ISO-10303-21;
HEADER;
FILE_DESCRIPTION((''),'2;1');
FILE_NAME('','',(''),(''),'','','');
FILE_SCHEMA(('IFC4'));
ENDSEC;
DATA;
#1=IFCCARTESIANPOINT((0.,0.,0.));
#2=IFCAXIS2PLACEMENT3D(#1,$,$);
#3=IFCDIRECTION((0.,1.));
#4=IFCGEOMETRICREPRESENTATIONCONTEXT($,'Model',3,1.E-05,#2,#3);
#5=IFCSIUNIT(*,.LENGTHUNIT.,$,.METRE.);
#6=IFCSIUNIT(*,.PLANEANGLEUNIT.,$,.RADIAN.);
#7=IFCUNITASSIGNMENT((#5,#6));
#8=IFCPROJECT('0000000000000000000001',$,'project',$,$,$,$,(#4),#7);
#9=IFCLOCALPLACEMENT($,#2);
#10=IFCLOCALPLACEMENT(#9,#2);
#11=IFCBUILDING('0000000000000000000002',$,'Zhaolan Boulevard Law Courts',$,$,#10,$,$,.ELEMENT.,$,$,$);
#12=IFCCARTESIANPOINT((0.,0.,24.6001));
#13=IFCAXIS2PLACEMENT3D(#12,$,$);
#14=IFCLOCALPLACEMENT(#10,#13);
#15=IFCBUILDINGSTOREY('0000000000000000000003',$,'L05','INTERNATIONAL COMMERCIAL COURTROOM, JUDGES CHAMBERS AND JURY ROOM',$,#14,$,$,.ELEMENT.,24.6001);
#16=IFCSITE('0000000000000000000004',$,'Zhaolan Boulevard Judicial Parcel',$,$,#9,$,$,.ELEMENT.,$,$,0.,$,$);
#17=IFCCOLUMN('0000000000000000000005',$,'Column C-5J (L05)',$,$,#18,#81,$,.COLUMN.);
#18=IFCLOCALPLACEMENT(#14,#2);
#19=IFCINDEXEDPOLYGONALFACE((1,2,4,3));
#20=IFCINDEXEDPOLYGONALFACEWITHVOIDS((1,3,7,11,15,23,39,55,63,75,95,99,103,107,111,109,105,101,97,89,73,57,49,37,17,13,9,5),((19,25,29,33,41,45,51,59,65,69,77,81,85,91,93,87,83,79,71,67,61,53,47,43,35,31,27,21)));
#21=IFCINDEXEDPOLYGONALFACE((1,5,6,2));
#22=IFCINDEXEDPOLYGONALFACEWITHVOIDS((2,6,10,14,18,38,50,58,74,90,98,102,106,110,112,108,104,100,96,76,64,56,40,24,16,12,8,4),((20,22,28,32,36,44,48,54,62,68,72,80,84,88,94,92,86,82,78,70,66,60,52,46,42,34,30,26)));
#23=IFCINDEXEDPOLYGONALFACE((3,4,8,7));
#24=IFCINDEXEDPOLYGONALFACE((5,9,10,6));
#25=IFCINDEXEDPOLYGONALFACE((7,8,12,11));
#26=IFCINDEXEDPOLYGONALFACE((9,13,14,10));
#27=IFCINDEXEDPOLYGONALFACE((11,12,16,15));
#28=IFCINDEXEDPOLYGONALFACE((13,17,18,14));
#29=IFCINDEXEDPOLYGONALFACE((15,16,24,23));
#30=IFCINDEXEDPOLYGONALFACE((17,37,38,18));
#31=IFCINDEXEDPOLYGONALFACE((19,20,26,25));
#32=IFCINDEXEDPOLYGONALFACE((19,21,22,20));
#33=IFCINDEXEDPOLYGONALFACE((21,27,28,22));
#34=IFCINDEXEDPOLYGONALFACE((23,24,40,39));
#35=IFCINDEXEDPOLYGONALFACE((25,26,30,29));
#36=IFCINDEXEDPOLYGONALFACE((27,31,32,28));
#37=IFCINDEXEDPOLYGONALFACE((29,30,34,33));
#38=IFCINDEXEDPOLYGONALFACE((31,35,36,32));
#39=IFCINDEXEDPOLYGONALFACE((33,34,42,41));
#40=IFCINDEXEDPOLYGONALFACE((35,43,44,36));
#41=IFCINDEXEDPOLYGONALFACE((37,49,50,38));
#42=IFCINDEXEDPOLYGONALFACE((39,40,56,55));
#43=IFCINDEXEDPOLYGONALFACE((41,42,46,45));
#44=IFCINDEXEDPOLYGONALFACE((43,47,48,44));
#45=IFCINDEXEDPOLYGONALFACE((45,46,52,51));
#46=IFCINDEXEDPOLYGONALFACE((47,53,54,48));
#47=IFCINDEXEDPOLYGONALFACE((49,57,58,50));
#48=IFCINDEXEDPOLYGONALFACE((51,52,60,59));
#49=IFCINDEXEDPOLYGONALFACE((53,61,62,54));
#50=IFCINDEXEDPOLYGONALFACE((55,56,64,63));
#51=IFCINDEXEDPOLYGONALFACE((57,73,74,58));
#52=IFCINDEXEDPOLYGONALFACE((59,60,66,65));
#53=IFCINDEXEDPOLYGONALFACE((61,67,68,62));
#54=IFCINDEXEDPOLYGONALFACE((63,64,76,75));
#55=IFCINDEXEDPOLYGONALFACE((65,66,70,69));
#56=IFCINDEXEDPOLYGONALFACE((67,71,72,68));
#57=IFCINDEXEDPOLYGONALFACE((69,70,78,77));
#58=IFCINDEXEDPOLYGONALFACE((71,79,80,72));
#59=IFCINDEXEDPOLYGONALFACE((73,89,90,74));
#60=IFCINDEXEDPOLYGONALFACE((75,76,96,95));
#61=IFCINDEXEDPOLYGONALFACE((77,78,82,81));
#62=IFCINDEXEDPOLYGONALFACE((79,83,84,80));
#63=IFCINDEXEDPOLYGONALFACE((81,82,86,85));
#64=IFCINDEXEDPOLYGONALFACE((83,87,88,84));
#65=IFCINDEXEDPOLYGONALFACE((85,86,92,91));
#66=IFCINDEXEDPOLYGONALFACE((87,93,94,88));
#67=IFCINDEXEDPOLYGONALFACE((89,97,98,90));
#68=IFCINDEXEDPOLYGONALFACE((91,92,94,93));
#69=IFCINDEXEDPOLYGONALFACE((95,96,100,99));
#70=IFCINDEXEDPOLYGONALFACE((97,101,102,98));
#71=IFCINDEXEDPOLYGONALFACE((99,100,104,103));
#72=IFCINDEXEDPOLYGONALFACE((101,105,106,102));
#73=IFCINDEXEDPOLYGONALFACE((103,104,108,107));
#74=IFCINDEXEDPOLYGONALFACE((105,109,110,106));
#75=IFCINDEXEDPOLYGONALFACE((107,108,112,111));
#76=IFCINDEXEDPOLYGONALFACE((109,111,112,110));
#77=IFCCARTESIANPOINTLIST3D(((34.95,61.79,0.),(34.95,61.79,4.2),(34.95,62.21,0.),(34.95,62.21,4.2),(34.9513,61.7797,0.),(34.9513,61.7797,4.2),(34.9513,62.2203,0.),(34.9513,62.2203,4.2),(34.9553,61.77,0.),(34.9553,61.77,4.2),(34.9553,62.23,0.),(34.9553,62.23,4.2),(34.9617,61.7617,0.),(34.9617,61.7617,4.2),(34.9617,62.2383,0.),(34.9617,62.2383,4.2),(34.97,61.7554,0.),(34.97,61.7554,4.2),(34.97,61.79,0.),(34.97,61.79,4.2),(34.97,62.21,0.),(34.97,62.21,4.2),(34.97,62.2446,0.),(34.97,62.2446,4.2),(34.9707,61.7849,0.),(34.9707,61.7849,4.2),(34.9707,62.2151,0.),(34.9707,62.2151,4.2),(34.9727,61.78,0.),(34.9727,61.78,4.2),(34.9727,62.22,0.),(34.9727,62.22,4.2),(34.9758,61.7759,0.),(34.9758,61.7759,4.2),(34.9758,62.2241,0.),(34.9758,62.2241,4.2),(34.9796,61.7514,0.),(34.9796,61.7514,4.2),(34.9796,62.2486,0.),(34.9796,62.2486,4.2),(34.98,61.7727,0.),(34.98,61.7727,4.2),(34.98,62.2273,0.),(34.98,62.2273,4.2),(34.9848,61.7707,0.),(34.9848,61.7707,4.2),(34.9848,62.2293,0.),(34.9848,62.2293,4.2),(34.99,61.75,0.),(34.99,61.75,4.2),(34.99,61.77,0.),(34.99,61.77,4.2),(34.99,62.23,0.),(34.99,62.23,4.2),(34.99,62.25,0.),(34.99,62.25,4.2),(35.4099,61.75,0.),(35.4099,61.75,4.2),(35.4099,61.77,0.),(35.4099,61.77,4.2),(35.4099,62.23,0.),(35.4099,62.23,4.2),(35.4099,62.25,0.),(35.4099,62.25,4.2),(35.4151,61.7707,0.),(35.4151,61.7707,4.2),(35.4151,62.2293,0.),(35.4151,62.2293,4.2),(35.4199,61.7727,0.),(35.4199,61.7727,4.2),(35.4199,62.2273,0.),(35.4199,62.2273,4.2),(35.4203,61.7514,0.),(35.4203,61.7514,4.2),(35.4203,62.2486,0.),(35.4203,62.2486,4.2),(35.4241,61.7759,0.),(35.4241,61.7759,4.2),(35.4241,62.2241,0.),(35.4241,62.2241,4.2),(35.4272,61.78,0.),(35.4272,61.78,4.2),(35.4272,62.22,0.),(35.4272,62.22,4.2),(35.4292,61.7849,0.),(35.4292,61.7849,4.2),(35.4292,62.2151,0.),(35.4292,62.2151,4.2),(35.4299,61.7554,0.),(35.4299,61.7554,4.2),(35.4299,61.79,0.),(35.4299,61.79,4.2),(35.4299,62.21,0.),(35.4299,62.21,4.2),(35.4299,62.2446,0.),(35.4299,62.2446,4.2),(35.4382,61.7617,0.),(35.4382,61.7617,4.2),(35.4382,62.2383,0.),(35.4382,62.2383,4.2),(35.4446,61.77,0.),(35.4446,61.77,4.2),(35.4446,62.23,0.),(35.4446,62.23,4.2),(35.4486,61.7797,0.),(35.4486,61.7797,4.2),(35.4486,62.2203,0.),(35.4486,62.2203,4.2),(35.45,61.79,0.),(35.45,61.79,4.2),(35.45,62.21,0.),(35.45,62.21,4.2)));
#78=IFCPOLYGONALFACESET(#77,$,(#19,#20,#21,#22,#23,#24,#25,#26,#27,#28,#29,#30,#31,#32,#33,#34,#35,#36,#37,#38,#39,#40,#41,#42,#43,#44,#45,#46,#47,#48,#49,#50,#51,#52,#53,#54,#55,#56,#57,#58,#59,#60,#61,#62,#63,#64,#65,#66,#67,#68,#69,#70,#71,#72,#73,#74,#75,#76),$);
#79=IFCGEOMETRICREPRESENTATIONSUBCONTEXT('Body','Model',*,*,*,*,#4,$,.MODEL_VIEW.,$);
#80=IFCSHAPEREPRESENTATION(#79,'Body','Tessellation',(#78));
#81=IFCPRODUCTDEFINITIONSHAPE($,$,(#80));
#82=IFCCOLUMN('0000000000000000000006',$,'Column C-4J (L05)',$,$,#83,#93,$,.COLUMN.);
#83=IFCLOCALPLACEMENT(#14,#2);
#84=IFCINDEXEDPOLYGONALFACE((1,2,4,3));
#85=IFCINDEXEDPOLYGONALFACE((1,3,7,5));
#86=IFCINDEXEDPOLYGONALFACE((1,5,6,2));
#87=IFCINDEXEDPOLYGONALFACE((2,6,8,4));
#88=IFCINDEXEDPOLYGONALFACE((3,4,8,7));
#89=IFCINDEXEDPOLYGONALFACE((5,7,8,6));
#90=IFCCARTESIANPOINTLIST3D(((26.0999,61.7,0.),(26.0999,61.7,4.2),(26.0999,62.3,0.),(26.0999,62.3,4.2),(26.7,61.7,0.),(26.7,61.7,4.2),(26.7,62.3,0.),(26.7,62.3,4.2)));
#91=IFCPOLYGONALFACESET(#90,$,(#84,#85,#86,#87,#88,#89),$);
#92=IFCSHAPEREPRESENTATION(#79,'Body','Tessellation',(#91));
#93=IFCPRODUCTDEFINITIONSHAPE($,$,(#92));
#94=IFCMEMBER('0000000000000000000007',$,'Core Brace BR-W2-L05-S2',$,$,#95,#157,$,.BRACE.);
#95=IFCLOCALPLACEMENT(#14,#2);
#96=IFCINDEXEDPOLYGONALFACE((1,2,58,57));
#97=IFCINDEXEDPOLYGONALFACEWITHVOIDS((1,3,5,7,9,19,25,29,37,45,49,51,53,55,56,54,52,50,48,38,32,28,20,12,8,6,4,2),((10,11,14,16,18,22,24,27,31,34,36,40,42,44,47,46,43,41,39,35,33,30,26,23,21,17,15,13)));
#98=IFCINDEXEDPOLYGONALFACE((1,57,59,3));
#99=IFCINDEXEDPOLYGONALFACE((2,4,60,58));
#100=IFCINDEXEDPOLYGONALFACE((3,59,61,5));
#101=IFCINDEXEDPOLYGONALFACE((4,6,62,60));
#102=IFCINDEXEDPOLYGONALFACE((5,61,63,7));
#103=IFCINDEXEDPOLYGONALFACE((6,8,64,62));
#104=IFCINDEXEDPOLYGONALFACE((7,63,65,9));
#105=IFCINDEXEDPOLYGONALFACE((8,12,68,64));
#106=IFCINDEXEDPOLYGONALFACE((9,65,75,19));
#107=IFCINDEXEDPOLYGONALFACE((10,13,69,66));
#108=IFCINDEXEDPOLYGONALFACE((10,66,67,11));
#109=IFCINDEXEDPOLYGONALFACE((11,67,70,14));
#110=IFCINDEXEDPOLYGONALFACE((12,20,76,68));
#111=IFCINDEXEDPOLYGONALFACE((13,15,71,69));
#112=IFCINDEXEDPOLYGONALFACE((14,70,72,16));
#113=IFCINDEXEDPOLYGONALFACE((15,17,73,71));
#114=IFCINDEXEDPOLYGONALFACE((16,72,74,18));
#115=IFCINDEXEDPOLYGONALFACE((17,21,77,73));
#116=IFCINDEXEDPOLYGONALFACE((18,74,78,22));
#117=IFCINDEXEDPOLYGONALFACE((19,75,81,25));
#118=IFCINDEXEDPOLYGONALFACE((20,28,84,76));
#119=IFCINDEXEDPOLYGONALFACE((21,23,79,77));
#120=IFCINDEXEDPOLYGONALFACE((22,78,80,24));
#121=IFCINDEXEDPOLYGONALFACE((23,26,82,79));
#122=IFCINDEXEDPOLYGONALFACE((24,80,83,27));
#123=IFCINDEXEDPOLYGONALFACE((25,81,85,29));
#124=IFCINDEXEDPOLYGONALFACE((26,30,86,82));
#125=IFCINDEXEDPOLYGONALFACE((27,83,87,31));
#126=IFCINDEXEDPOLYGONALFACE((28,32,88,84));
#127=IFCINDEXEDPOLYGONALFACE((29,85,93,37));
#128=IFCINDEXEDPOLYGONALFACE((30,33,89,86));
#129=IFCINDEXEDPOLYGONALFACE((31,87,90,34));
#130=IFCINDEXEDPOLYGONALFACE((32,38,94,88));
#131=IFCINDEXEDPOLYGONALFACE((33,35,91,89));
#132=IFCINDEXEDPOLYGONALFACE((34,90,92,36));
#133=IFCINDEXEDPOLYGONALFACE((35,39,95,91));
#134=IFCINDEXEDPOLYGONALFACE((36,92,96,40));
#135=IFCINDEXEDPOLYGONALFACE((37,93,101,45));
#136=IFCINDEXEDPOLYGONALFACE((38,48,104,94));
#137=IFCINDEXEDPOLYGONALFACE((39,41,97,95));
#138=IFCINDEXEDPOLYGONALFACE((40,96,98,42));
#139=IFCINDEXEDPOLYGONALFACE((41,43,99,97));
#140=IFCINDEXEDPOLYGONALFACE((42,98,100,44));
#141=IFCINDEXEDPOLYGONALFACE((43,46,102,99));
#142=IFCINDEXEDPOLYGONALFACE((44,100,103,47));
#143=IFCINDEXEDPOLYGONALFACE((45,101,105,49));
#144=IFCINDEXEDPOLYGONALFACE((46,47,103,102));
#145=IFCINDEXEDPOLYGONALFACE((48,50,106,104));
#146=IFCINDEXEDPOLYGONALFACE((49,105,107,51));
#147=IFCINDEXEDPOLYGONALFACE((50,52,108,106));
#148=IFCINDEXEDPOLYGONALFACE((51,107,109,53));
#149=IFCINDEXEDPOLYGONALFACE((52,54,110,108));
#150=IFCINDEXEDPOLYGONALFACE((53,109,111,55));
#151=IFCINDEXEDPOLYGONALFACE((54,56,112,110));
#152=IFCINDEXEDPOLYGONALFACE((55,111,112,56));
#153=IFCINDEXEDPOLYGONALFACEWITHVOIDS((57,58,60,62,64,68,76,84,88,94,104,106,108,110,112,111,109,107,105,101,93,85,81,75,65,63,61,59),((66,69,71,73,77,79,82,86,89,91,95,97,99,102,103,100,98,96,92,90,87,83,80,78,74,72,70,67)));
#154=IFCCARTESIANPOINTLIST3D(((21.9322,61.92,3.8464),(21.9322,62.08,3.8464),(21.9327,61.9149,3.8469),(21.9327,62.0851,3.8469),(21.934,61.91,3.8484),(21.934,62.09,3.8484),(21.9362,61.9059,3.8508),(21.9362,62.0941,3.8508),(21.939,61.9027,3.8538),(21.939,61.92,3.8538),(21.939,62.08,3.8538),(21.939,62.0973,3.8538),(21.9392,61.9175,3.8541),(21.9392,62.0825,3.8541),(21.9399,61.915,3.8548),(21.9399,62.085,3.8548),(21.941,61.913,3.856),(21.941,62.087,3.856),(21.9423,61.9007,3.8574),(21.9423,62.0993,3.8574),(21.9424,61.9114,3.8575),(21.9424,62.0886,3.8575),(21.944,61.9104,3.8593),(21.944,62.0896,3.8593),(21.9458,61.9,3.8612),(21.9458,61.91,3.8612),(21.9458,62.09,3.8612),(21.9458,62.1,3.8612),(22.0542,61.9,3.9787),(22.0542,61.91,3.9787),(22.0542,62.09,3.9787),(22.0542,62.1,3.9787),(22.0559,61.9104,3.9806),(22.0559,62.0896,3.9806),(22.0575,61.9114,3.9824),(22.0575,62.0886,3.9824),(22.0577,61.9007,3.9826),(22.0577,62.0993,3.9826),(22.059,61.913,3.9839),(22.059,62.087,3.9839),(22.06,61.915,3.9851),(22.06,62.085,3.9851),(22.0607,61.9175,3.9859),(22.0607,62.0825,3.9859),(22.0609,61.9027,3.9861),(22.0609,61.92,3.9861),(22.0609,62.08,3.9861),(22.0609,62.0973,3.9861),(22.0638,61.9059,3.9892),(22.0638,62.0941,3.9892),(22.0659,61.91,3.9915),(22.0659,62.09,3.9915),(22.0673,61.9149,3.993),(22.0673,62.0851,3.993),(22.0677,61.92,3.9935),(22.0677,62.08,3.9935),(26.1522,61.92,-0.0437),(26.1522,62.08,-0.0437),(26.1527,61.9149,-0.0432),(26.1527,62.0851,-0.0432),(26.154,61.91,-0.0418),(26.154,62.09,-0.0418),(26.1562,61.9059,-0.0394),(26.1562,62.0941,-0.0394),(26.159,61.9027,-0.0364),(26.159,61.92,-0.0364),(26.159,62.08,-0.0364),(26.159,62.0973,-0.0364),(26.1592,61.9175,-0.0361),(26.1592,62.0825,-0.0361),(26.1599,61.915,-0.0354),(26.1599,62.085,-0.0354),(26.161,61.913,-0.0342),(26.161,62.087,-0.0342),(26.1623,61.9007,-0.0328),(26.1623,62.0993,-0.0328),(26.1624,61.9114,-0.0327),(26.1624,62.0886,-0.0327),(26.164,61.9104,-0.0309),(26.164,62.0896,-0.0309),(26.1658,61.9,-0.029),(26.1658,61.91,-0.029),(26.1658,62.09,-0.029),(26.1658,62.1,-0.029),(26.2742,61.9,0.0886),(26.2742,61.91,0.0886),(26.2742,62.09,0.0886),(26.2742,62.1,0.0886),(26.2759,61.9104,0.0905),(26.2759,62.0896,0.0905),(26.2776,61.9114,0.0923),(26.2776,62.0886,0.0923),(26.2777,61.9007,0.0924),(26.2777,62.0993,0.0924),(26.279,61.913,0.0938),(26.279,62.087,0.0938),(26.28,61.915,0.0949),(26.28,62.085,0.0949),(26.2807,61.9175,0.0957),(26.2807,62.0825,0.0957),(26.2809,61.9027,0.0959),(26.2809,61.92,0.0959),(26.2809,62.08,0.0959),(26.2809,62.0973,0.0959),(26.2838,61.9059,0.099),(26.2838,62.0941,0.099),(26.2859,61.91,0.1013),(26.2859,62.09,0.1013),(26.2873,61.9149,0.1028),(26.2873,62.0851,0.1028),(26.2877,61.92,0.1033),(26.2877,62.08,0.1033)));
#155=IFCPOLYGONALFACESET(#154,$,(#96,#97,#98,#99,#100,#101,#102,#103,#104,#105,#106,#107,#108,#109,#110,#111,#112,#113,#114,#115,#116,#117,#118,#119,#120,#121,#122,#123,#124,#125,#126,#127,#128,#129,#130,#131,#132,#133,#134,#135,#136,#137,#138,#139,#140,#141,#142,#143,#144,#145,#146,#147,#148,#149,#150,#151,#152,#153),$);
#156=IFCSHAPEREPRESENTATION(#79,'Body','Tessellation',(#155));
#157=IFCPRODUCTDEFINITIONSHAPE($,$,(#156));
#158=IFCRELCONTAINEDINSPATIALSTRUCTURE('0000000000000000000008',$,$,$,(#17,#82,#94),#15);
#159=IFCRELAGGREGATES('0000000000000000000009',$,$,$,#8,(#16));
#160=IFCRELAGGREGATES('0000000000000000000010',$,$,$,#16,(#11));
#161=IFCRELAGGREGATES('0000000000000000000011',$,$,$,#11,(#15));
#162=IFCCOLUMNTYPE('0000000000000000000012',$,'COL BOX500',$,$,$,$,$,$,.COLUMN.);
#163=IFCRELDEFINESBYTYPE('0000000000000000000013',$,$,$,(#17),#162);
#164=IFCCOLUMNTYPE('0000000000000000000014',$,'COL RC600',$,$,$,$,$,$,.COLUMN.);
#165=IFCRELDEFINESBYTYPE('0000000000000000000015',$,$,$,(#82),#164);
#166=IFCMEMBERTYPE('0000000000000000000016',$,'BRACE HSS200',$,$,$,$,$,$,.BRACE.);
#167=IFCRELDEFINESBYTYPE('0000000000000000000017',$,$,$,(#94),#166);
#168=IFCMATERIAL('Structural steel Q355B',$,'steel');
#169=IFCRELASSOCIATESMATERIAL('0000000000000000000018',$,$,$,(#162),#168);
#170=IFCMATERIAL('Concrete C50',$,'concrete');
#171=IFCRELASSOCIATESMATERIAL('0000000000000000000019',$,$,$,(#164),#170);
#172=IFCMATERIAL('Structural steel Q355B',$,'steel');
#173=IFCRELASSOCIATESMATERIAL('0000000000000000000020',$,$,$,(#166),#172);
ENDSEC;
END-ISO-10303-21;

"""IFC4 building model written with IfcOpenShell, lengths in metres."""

from ifc_helpers import new_model, si_unit, direction, frame, origin, origin_2d, place, context, subcontext, project, spatial, rectangle, hollow_rectangle, extrude, material, material_profile, profile_set, type_object, element, save


model = new_model("IFC4")

# Units and contexts
model_context = context("Model", 3, precision=1e-05, world=origin(), true_north=direction((0.0, 1.0)))
body_context = subcontext(model_context, "Body", "Model", "MODEL_VIEW")
ifc_project = project(units=[si_unit("LENGTHUNIT", "METRE"), si_unit("PLANEANGLEUNIT", "RADIAN")], contexts=[model_context])

# Site, building, storey
site_placement = place(None, origin())
site = spatial("IfcSite", under=ifc_project, at=site_placement, Name="Zhaolan Boulevard Judicial Parcel", CompositionType="ELEMENT", RefElevation=0.0)
building_placement = place(site_placement, origin())
building = spatial("IfcBuilding", under=site, at=building_placement, Name="Zhaolan Boulevard Law Courts", CompositionType="ELEMENT")
storey_placement = place(building_placement, frame((0.0, 0.0, 24.6001)))
storey = spatial("IfcBuildingStorey", under=building, at=storey_placement, Name="L05", Description="INTERNATIONAL COMMERCIAL COURTROOM, JUDGES CHAMBERS AND JURY ROOM", CompositionType="ELEMENT", Elevation=24.6001)

# Columns
ifc_material_1 = material(Name="Structural steel Q355B", Category="steel")
ifc_material_profile_1 = material_profile(ifc_material_1, hollow_rectangle(XDim=0.5, YDim=0.5, WallThickness=0.02, InnerFilletRadius=0.02, OuterFilletRadius=0.04, at=origin_2d()), Name="BOX500x500x20")
ifc_profile_set_1 = profile_set([ifc_material_profile_1], Name="Structural steel Q355B")
column_type_1 = type_object("IfcColumnType", Name="COL BOX500", PredefinedType="COLUMN", material=ifc_profile_set_1)
column_1_placement = place(storey_placement, frame((35.2, 62.0, 0.0), z_axis=(0.0, 0.0, 1.0), x_axis=(1.0, 0.0, 0.0)))
element("IfcColumn", 1, at=column_1_placement, inside=storey, type_object=column_type_1, Name="Column C-5J (L05)", PredefinedType="COLUMN", context=body_context, shape_type="SweptSolid", body=[
    extrude(hollow_rectangle(XDim=0.5, YDim=0.5, WallThickness=0.02, InnerFilletRadius=0.02, OuterFilletRadius=0.04, at=origin_2d()), origin(), (0.0, 0.0, 1.0), 4.2),
])
ifc_material_2 = material(Name="Concrete C50", Category="concrete")
ifc_material_profile_2 = material_profile(ifc_material_2, rectangle(XDim=0.6001, YDim=0.6001, at=origin_2d()), Name="RC600x600")
ifc_profile_set_2 = profile_set([ifc_material_profile_2], Name="Concrete C50")
column_type_2 = type_object("IfcColumnType", Name="COL RC600", PredefinedType="COLUMN", material=ifc_profile_set_2)
column_2_placement = place(storey_placement, frame((26.3999, 62.0, 0.0), z_axis=(0.0, 0.0, 1.0), x_axis=(1.0, 0.0, 0.0)))
element("IfcColumn", 2, at=column_2_placement, inside=storey, type_object=column_type_2, Name="Column C-4J (L05)", PredefinedType="COLUMN", context=body_context, shape_type="SweptSolid", body=[
    extrude(rectangle(XDim=0.6001, YDim=0.6001, at=origin_2d()), origin(), (0.0, 0.0, 1.0), 4.2),
])

# Member
ifc_material_3 = material(Name="Structural steel Q355B", Category="steel")
ifc_material_profile_3 = material_profile(ifc_material_3, hollow_rectangle(XDim=0.2, YDim=0.2, WallThickness=0.01, InnerFilletRadius=0.01, OuterFilletRadius=0.02, at=origin_2d()), Name="HSS200x200x10")
ifc_profile_set_3 = profile_set([ifc_material_profile_3], Name="Structural steel Q355B")
member_type = type_object("IfcMemberType", Name="BRACE HSS200", PredefinedType="BRACE", material=ifc_profile_set_3)
member_placement = place(storey_placement, frame((26.22, 62.0, 0.0298), z_axis=(-0.735257, 0.0, 0.677789), x_axis=(0.0, -1.0, 0.0)))
element("IfcMember", 3, at=member_placement, inside=storey, type_object=member_type, Name="Core Brace BR-W2-L05-S2", PredefinedType="BRACE", context=body_context, shape_type="SweptSolid", body=[
    extrude(hollow_rectangle(XDim=0.2, YDim=0.2, WallThickness=0.01, InnerFilletRadius=0.01, OuterFilletRadius=0.02, at=origin_2d()), origin(), (0.0, 0.0, 1.0), 5.7395),
])

save(model, "model.ifc")
